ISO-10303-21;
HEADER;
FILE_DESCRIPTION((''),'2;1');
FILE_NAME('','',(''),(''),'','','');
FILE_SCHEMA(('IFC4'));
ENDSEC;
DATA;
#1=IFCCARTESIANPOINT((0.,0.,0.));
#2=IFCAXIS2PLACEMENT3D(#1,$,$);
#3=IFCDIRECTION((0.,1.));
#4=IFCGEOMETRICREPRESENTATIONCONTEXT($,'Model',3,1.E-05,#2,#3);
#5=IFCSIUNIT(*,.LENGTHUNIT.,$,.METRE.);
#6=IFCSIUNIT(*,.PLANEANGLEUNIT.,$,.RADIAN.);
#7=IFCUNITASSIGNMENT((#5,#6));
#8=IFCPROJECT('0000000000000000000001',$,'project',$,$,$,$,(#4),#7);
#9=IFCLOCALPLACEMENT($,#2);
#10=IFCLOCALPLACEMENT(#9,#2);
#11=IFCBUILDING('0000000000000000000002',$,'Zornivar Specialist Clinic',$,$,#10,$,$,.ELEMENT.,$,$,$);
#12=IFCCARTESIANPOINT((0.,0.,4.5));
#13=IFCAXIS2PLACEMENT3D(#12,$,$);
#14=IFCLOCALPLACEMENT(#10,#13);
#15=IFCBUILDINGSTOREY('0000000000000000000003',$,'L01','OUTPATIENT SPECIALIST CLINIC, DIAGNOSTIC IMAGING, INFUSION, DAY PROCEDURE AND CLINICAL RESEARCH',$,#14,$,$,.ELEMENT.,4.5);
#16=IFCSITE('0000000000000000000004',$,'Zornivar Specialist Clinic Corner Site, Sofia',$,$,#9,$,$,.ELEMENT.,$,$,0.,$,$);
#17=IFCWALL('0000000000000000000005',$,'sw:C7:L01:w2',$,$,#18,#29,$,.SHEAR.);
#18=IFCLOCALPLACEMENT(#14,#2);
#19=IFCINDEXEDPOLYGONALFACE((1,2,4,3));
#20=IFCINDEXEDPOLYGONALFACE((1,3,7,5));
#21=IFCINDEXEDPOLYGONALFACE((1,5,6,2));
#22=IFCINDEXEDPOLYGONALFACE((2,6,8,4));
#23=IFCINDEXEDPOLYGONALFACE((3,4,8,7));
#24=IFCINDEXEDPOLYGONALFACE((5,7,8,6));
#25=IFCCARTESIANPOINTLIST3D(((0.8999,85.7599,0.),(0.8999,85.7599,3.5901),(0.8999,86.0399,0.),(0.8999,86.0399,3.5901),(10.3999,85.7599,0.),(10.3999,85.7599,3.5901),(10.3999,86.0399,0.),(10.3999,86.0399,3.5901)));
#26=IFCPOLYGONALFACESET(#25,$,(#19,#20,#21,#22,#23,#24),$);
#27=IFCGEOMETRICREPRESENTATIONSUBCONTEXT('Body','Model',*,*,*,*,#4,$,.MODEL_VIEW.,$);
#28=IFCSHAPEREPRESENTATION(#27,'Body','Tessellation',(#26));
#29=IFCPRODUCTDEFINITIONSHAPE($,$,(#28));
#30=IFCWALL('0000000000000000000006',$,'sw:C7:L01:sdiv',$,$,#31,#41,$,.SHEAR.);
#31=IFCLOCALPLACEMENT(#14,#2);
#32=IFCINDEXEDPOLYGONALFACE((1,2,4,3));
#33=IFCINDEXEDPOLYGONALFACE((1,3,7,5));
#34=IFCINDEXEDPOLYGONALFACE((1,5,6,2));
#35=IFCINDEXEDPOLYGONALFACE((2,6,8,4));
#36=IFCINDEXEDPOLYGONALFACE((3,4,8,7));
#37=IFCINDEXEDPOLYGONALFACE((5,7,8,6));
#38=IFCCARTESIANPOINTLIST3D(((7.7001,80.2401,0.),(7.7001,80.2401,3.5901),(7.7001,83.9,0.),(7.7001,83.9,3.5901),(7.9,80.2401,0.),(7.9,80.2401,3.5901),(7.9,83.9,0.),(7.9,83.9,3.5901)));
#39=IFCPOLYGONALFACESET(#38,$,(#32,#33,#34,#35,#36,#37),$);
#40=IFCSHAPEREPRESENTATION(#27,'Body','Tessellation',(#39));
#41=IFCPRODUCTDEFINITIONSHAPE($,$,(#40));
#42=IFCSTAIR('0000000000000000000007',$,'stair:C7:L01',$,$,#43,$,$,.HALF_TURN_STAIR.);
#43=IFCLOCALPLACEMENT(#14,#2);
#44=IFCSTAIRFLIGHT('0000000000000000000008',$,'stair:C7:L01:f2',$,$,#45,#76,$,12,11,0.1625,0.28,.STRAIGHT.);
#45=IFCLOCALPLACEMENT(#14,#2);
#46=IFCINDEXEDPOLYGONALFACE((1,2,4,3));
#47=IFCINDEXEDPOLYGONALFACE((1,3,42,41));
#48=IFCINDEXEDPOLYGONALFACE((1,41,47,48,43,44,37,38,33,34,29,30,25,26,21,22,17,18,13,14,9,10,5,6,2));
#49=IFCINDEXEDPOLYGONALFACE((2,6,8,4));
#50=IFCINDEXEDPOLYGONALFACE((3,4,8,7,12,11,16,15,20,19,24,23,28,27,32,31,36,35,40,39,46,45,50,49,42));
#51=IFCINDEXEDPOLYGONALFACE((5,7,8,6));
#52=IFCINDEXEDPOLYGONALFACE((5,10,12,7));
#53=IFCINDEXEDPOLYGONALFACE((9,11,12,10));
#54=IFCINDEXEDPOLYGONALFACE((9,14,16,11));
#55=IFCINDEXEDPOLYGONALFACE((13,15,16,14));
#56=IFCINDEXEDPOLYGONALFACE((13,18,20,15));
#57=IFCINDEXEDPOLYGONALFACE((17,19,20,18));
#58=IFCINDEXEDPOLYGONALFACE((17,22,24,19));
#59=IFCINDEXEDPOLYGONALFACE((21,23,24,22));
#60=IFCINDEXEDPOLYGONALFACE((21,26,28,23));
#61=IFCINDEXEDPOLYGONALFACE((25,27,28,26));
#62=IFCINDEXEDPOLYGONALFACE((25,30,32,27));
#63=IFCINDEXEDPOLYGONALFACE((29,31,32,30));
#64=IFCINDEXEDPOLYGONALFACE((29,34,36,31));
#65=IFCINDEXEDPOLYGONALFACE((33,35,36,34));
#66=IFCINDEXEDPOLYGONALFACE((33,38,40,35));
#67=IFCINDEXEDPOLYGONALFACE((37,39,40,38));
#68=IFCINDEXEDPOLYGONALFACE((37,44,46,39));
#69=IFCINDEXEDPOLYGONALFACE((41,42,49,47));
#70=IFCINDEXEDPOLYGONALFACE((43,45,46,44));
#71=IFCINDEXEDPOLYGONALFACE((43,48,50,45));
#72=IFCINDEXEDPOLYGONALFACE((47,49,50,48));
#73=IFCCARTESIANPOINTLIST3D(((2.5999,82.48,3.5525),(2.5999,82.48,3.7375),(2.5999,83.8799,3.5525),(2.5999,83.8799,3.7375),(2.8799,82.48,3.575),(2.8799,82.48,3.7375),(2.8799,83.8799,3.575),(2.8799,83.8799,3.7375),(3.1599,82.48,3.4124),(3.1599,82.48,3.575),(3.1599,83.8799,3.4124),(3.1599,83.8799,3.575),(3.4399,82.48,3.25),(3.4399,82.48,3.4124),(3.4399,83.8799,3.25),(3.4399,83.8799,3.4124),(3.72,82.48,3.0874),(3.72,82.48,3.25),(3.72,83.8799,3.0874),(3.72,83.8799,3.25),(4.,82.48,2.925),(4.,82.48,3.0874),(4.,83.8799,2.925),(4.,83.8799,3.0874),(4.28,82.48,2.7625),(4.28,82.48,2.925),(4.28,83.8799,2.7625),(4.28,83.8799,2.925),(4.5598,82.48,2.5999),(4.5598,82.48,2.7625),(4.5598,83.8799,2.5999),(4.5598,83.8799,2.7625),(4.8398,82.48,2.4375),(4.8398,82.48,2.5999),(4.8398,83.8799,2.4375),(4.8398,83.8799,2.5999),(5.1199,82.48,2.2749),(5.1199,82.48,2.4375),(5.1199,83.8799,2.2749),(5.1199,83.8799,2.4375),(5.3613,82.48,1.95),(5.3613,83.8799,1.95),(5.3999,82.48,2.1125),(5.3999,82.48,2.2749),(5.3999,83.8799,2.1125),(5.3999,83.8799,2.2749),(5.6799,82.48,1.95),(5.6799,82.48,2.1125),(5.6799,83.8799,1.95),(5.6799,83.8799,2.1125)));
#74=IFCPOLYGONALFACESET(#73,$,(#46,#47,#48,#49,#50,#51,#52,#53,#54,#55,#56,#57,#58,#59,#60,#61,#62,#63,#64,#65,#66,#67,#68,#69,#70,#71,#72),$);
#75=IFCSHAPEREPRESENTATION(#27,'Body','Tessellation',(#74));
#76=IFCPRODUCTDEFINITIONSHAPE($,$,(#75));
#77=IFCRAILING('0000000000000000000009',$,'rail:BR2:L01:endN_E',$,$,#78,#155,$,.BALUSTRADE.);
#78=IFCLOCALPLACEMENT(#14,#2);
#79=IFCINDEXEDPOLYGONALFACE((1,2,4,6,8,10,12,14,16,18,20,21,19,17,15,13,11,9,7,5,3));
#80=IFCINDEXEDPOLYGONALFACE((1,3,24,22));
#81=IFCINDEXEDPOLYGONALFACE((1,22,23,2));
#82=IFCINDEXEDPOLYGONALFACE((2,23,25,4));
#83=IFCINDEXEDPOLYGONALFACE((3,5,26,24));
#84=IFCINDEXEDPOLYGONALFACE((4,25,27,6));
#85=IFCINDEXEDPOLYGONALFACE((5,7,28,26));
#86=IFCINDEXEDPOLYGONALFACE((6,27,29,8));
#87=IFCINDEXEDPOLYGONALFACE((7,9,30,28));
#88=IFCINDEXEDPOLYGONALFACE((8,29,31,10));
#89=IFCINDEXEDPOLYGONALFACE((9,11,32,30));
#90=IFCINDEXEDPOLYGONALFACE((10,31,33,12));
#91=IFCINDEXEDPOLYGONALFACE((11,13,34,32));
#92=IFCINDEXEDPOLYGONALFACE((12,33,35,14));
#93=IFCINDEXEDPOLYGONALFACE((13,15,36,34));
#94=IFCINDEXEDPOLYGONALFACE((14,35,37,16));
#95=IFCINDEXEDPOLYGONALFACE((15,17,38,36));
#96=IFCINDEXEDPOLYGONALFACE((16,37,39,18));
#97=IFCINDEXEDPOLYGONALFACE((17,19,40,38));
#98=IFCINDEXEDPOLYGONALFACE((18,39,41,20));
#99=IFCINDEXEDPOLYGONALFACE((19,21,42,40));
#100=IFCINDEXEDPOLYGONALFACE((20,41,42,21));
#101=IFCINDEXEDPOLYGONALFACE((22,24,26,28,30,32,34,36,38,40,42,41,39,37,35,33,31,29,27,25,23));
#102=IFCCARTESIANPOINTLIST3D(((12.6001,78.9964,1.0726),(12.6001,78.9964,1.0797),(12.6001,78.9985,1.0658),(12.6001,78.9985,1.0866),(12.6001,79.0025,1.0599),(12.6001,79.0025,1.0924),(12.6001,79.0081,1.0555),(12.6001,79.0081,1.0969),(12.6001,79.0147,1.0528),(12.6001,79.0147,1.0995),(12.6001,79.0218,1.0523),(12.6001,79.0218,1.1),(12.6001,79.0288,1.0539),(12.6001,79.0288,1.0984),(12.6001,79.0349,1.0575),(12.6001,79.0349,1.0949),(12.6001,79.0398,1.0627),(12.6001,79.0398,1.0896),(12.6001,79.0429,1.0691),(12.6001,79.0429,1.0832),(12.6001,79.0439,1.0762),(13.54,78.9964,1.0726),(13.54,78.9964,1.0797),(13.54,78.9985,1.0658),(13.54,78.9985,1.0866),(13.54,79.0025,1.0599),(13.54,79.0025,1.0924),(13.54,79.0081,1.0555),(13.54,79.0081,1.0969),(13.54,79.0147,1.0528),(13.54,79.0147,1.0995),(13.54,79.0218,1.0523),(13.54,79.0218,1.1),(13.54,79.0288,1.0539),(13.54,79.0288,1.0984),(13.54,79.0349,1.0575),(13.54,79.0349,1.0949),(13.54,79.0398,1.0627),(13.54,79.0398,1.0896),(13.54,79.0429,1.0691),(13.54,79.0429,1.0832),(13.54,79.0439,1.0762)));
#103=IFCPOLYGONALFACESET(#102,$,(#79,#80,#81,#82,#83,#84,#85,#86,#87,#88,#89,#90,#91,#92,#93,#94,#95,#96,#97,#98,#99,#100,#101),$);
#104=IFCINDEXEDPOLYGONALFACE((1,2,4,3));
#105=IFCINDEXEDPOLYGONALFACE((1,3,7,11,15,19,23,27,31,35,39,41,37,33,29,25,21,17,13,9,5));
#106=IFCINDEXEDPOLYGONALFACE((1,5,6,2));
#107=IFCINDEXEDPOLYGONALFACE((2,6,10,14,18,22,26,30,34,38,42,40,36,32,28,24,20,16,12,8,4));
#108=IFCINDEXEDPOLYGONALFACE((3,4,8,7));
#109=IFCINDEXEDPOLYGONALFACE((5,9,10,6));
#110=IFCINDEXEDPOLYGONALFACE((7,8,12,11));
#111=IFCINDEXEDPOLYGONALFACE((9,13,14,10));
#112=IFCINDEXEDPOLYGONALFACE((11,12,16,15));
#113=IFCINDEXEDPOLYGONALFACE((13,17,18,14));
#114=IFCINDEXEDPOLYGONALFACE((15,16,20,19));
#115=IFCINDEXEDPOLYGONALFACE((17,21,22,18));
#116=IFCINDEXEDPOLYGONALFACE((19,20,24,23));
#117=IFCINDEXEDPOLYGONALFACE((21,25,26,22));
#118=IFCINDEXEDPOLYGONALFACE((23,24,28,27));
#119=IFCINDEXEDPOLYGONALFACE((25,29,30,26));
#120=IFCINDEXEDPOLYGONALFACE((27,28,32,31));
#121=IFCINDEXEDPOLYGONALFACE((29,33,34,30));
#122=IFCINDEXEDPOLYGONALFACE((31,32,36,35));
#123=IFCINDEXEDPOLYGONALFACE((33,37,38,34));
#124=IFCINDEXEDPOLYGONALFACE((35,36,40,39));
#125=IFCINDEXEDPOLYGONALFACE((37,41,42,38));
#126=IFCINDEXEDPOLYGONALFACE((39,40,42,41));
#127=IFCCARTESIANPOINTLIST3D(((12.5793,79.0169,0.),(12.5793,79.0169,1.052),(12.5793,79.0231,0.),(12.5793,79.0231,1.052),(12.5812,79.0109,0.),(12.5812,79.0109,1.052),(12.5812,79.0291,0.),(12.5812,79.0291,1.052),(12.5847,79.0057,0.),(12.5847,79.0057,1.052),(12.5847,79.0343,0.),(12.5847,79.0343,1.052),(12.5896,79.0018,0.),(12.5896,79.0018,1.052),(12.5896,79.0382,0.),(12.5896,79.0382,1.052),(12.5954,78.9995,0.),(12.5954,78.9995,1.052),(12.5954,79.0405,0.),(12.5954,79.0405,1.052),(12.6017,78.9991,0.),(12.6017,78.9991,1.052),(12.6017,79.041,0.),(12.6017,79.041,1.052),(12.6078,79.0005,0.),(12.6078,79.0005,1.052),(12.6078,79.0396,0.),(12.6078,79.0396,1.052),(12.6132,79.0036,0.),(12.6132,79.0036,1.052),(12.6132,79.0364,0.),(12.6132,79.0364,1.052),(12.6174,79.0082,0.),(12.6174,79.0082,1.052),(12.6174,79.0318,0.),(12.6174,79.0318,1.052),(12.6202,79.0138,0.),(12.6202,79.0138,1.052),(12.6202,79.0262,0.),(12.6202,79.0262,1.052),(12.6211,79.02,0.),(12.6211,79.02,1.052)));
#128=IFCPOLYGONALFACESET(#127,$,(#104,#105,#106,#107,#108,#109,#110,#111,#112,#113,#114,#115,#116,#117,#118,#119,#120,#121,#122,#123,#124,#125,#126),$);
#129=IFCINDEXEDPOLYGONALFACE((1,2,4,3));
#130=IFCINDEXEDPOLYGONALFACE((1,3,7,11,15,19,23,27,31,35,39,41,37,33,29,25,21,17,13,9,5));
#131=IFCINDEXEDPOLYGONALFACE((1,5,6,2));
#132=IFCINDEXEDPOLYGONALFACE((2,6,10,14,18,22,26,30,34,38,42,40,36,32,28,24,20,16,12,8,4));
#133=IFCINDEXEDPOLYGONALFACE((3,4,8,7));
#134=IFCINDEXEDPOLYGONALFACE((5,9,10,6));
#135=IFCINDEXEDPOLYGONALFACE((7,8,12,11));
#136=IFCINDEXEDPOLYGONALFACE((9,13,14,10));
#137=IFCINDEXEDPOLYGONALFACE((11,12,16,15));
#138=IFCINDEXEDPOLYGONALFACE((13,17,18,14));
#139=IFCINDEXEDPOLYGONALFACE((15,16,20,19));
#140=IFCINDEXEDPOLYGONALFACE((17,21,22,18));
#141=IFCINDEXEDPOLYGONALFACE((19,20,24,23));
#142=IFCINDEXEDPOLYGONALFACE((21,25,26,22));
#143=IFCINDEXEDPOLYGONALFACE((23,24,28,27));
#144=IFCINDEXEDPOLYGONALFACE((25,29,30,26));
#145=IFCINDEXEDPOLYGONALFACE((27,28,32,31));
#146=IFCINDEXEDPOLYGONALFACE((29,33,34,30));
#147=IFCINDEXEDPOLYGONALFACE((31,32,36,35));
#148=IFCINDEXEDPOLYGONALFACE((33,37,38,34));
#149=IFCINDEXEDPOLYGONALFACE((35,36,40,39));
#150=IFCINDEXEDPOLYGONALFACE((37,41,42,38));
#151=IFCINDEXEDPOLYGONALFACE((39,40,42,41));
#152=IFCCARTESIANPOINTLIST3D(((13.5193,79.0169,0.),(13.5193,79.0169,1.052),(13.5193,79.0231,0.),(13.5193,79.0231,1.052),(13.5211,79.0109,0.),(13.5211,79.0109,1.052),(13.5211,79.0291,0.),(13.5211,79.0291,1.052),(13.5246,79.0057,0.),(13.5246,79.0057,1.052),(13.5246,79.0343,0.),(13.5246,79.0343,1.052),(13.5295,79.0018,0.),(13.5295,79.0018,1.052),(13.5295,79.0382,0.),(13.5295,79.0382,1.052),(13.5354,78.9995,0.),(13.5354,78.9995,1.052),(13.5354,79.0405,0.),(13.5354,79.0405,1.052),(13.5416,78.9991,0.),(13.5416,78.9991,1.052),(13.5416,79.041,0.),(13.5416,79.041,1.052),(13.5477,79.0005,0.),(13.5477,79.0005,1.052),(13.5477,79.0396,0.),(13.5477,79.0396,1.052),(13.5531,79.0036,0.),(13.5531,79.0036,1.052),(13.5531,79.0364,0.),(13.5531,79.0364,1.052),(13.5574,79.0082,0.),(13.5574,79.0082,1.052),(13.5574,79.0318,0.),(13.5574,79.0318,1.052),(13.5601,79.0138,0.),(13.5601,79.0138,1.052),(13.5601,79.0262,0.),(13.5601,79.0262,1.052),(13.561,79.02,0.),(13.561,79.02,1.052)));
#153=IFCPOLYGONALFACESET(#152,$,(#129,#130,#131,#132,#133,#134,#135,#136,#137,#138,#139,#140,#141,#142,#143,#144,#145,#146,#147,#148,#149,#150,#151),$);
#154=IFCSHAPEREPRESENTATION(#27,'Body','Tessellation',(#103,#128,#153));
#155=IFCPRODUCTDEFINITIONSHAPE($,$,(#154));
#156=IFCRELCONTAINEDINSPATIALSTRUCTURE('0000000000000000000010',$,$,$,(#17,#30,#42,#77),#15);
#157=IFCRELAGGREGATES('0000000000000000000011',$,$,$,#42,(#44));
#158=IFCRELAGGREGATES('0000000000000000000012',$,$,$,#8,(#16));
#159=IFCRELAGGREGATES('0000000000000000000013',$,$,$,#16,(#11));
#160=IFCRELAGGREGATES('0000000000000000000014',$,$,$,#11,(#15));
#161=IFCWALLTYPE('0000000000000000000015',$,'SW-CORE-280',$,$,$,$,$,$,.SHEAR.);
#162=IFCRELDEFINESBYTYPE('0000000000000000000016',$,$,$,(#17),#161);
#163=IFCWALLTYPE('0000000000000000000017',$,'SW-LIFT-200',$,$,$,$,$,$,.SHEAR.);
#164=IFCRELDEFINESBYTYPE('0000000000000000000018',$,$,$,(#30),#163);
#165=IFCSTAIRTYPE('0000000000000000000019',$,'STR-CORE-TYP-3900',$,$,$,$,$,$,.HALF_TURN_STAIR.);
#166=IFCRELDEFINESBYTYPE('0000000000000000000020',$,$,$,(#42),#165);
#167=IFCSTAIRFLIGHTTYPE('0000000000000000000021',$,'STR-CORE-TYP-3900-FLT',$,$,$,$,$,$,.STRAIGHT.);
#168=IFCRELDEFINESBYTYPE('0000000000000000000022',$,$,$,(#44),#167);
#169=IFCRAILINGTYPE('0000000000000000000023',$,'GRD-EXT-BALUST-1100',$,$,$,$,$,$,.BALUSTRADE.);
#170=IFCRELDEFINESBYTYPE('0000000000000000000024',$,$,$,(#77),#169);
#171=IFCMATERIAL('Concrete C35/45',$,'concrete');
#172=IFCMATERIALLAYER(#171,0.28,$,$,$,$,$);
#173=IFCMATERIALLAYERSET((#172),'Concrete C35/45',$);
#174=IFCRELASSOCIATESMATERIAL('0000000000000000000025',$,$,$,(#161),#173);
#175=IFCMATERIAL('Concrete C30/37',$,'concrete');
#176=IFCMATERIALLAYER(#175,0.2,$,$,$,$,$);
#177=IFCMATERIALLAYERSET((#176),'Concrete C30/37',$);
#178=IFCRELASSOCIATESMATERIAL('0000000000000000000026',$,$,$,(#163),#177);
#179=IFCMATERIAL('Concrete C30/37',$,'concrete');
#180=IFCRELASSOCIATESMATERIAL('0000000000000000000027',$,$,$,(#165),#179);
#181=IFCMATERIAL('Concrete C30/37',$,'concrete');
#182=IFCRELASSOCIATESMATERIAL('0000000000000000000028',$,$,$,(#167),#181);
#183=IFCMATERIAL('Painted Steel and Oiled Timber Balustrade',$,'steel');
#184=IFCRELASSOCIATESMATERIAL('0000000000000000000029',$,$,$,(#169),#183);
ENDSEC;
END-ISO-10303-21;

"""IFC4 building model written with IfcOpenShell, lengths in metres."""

from ifc_helpers import new_model, si_unit, direction, frame, frame_2d, origin, origin_2d, place, context, subcontext, project, spatial, polyline, rectangle, circle, outline, extrude, material, layer, layer_set, type_object, element, aggregate, save


model = new_model("IFC4")

# Units and contexts
model_context = context("Model", 3, precision=1e-05, world=origin(), true_north=direction((0.0, 1.0)))
body_context = subcontext(model_context, "Body", "Model", "MODEL_VIEW")
ifc_project = project(units=[si_unit("LENGTHUNIT", "METRE"), si_unit("PLANEANGLEUNIT", "RADIAN")], contexts=[model_context])

# Site, building, storey
site_placement = place(None, origin())
site = spatial("IfcSite", under=ifc_project, at=site_placement, Name="Zornivar Specialist Clinic Corner Site, Sofia", CompositionType="ELEMENT", RefElevation=0.0)
building_placement = place(site_placement, origin())
building = spatial("IfcBuilding", under=site, at=building_placement, Name="Zornivar Specialist Clinic", CompositionType="ELEMENT")
storey_placement = place(building_placement, frame((0.0, 0.0, 4.5)))
storey = spatial("IfcBuildingStorey", under=building, at=storey_placement, Name="L01", Description="OUTPATIENT SPECIALIST CLINIC, DIAGNOSTIC IMAGING, INFUSION, DAY PROCEDURE AND CLINICAL RESEARCH", CompositionType="ELEMENT", Elevation=4.5)

# Shared definitions
ifc_material_1 = material(Name="Concrete C35/45", Category="concrete")
ifc_layer_1 = layer(ifc_material_1, 0.28)
ifc_layer_set_1 = layer_set([ifc_layer_1], Name="Concrete C35/45")
wall_type_1 = type_object("IfcWallType", Name="SW-CORE-280", PredefinedType="SHEAR", material=ifc_layer_set_1)

# Walls
wall_1_placement = place(storey_placement, frame((10.3999, 85.8999, 0.0), z_axis=(0.0, 0.0, 1.0), x_axis=(-1.0, 0.0, 0.0)))
element("IfcWall", 1, at=wall_1_placement, inside=storey, type_object=wall_type_1, Name="sw:C7:L01:w2", PredefinedType="SHEAR", context=body_context, shape_type="SweptSolid", body=[
    extrude(rectangle(XDim=9.5, YDim=0.28, at=frame_2d((4.75, 0.0))), origin(), (0.0, 0.0, 1.0), 3.5901),
])
ifc_material_2 = material(Name="Concrete C30/37", Category="concrete")
ifc_layer_2 = layer(ifc_material_2, 0.2)
ifc_layer_set_2 = layer_set([ifc_layer_2], Name="Concrete C30/37")
wall_type_2 = type_object("IfcWallType", Name="SW-LIFT-200", PredefinedType="SHEAR", material=ifc_layer_set_2)
wall_2_placement = place(storey_placement, frame((7.8, 80.24, 0.0), z_axis=(0.0, 0.0, 1.0), x_axis=(0.0, 1.0, 0.0)))
element("IfcWall", 2, at=wall_2_placement, inside=storey, type_object=wall_type_2, Name="sw:C7:L01:sdiv", PredefinedType="SHEAR", context=body_context, shape_type="SweptSolid", body=[
    extrude(rectangle(XDim=3.6599, YDim=0.2, at=frame_2d((1.8301, 0.0))), origin(), (0.0, 0.0, 1.0), 3.5901),
])

# Stair, stair flight
ifc_material_3 = material(Name="Concrete C30/37", Category="concrete")
stair_type = type_object("IfcStairType", Name="STR-CORE-TYP-3900", PredefinedType="HALF_TURN_STAIR", material=ifc_material_3)
stair_placement = place(storey_placement, origin())
stair = element("IfcStair", 3, at=stair_placement, inside=storey, type_object=stair_type, Name="stair:C7:L01", PredefinedType="HALF_TURN_STAIR")
ifc_material_4 = material(Name="Concrete C30/37", Category="concrete")
stair_flight_type = type_object("IfcStairFlightType", Name="STR-CORE-TYP-3900-FLT", PredefinedType="STRAIGHT", material=ifc_material_4)
stair_flight_placement = place(storey_placement, frame((5.6799, 83.1799, 1.95), z_axis=(0.0, 0.0, 1.0), x_axis=(-1.0, 0.0, 0.0)))
stair_flight = element("IfcStairFlight", 4, at=stair_flight_placement, type_object=stair_flight_type, Name="stair:C7:L01:f2", NumberOfRisers=12, NumberOfTreads=11, PredefinedType="STRAIGHT", RiserHeight=0.1625, TreadLength=0.28, context=body_context, shape_type="SweptSolid", body=[
    extrude(outline(polyline([(0.0, 0.0), (0.0, 0.1626), (0.28, 0.1626), (0.28, 0.325), (0.5601, 0.325), (0.5601, 0.4875), (0.8401, 0.4875), (0.8401, 0.6499), (1.1201, 0.6499), (1.1201, 0.8125), (1.3999, 0.8125), (1.3999, 0.9751), (1.6799, 0.9751), (1.6799, 1.1375), (1.96, 1.1375), (1.96, 1.3), (2.24, 1.3), (2.24, 1.4624), (2.52, 1.4624), (2.52, 1.625), (2.8, 1.625), (2.8, 1.7876), (3.0801, 1.7876), (3.0801, 1.95), (3.0801, 1.6025), (0.3186, 0.0), (0.0, 0.0)])), frame((0.0, 0.7, 0.0), z_axis=(0.0, -1.0, 0.0), x_axis=(1.0, 0.0, 0.0)), (0.0, 0.0, 1.0), 1.3999),
])
aggregate(stair, [stair_flight])

# Railing
ifc_material_5 = material(Name="Painted Steel and Oiled Timber Balustrade", Category="steel")
railing_type_1 = type_object("IfcRailingType", Name="GRD-EXT-BALUST-1100", PredefinedType="BALUSTRADE", material=ifc_material_5)
railing_1_placement = place(storey_placement, frame((12.6001, 79.02, 0.0)))
element("IfcRailing", 5, at=railing_1_placement, inside=storey, type_object=railing_type_1, Name="rail:BR2:L01:endN_E", PredefinedType="BALUSTRADE", context=body_context, shape_type="SweptSolid", body=[
    extrude(circle(Radius=0.0239, at=origin_2d()), frame((0.0, 0.0, 1.0762), z_axis=(1.0, 0.0, 0.0), x_axis=(0.0, 1.0, 0.0)), (0.0, 0.0, 1.0), 0.9399),
    extrude(circle(Radius=0.021, at=origin_2d()), origin(), (0.0, 0.0, 1.0), 1.052),
    extrude(circle(Radius=0.021, at=origin_2d()), frame((0.9399, 0.0, 0.0)), (0.0, 0.0, 1.0), 1.052),
])

save(model, "model.ifc")
